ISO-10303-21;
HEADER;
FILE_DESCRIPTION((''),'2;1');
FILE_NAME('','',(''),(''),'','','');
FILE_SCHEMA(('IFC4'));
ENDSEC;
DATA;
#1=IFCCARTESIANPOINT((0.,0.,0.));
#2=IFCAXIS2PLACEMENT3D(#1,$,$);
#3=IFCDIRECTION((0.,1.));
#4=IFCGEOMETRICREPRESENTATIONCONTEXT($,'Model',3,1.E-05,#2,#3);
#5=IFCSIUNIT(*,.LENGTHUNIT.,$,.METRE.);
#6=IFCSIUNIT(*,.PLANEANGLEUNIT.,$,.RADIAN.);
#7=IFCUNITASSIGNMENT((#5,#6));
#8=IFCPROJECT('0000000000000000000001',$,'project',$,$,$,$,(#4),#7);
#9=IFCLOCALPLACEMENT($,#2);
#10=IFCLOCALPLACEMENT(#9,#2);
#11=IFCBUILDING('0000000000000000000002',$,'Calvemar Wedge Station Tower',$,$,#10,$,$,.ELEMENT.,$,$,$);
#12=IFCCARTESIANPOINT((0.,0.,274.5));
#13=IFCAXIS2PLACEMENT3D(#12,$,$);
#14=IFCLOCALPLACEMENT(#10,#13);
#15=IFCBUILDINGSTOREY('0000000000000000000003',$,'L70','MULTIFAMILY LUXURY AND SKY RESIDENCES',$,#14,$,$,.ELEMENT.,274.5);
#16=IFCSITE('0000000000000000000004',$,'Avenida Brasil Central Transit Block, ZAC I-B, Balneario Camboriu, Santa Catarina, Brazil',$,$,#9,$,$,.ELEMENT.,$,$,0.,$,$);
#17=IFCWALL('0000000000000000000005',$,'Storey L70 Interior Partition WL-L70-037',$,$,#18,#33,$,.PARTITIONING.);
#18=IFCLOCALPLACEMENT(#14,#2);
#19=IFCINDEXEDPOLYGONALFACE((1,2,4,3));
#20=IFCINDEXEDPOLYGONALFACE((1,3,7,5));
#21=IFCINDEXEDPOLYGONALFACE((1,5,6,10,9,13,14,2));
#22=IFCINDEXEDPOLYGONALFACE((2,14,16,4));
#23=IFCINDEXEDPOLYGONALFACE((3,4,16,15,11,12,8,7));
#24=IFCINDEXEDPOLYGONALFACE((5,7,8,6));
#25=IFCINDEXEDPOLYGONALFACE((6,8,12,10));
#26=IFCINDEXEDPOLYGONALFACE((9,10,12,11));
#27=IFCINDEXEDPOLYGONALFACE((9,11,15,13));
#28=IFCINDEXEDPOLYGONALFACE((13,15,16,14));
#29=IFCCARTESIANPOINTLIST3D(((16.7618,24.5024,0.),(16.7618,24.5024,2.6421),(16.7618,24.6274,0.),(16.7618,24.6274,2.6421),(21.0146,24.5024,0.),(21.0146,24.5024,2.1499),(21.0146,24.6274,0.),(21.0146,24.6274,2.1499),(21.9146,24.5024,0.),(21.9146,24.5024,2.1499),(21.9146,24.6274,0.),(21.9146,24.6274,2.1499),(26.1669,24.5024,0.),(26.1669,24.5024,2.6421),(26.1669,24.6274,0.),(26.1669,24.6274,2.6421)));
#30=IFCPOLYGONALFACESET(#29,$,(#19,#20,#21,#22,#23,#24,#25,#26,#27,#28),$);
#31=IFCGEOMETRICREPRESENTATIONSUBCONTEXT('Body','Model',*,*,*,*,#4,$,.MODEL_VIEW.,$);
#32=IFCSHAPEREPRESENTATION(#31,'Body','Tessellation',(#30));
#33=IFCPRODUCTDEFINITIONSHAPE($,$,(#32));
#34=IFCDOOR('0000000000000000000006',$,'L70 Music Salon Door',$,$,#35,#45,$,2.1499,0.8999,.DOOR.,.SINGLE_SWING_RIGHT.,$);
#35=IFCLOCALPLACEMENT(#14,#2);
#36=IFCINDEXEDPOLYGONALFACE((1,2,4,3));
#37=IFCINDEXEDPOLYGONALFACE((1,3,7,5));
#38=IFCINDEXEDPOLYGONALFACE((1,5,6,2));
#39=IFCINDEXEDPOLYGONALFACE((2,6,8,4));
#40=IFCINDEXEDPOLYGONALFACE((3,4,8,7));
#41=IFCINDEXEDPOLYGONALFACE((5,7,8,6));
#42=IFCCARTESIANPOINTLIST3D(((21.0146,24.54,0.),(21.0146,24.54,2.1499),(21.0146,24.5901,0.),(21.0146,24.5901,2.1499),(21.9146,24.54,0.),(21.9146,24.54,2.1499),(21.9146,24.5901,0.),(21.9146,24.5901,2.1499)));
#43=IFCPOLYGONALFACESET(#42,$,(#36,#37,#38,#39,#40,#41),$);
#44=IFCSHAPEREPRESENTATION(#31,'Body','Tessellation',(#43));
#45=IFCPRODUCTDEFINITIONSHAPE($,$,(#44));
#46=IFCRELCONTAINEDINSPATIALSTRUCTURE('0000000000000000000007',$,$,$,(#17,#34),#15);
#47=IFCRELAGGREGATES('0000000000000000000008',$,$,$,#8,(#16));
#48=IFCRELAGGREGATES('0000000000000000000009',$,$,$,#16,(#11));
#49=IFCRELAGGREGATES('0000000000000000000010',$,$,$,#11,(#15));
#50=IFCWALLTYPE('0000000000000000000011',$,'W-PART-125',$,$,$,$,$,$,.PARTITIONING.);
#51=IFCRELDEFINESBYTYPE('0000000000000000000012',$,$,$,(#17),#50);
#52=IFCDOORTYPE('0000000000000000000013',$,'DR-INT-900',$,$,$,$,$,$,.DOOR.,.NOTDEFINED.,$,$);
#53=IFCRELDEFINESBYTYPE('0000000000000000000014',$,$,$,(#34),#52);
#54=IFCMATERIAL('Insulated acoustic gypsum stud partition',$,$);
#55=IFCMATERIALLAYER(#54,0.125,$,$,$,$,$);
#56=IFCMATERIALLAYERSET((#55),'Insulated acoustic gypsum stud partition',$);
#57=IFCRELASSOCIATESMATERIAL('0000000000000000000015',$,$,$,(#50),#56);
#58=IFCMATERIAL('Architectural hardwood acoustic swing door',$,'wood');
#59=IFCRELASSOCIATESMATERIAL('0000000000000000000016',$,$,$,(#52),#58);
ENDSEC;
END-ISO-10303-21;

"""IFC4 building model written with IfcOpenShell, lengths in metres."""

from ifc_helpers import new_model, si_unit, direction, frame, frame_2d, origin, place, context, subcontext, project, spatial, rectangle, extrude, source, transform, mapped, material, layer, layer_set, type_object, element, fill, save


model = new_model("IFC4")

# Units and contexts
model_context = context("Model", 3, precision=1e-05, world=origin(), true_north=direction((0.0, 1.0)))
body_context = subcontext(model_context, "Body", "Model", "MODEL_VIEW")
ifc_project = project(units=[si_unit("LENGTHUNIT", "METRE"), si_unit("PLANEANGLEUNIT", "RADIAN")], contexts=[model_context])

# Site, building, storey
site_placement = place(None, origin())
site = spatial("IfcSite", under=ifc_project, at=site_placement, Name="Avenida Brasil Central Transit Block, ZAC I-B, Balneario Camboriu, Santa Catarina, Brazil", CompositionType="ELEMENT", RefElevation=0.0)
building_placement = place(site_placement, origin())
building = spatial("IfcBuilding", under=site, at=building_placement, Name="Calvemar Wedge Station Tower", CompositionType="ELEMENT")
storey_placement = place(building_placement, frame((0.0, 0.0, 274.5)))
storey = spatial("IfcBuildingStorey", under=building, at=storey_placement, Name="L70", Description="MULTIFAMILY LUXURY AND SKY RESIDENCES", CompositionType="ELEMENT", Elevation=274.5)

# Wall, opening, door
ifc_material_1 = material(Name="Insulated acoustic gypsum stud partition")
ifc_layer_1 = layer(ifc_material_1, 0.125)
ifc_layer_set_1 = layer_set([ifc_layer_1], Name="Insulated acoustic gypsum stud partition")
wall_type_1 = type_object("IfcWallType", Name="W-PART-125", PredefinedType="PARTITIONING", material=ifc_layer_set_1)
wall_1_placement = place(storey_placement, frame((26.167, 24.5649, 0.0), z_axis=(0.0, 0.0, 1.0), x_axis=(-1.0, 0.0, 0.0)))
wall_1 = element("IfcWall", 1, at=wall_1_placement, inside=storey, type_object=wall_type_1, Name="Storey L70 Interior Partition WL-L70-037", PredefinedType="PARTITIONING", context=body_context, shape_type="SweptSolid", body=[
    extrude(rectangle(XDim=9.405, YDim=0.125, at=frame_2d((4.7026, 0.0))), origin(), (0.0, 0.0, 1.0), 2.6421),
])
shared_shape_1 = source(origin(), body_context, "Body", "SweptSolid", [
    extrude(rectangle(XDim=0.8999, YDim=2.1499, at=frame_2d((0.45, 1.075))), frame((0.0, 0.0725, 0.0), z_axis=(0.0, -1.0, 0.0), x_axis=(1.0, 0.0, 0.0)), (0.0, 0.0, 1.0), 0.145),
])
opening_1_placement = place(wall_1_placement, frame((4.2524, 0.0, 0.0)))
opening_1 = element("IfcOpeningElement", 2, at=opening_1_placement, cuts=wall_1, PredefinedType="OPENING", context=body_context, shape_type="MappedRepresentation", body=[
    mapped(shared_shape_1, transform((0.0, 0.0, 0.0), scale=1.0)),
])
ifc_material_2 = material(Name="Architectural hardwood acoustic swing door", Category="wood")
door_type_1 = type_object("IfcDoorType", Name="DR-INT-900", OperationType="NOTDEFINED", PredefinedType="DOOR", material=ifc_material_2)
shared_shape_2 = source(origin(), body_context, "Body", "SweptSolid", [
    extrude(rectangle(XDim=0.8999, YDim=2.1499, at=frame_2d((0.45, 1.075))), frame((0.0, 0.0249, 0.0), z_axis=(0.0, -1.0, 0.0), x_axis=(1.0, 0.0, 0.0)), (0.0, 0.0, 1.0), 0.05),
])
door_1_placement = place(opening_1_placement, origin())
door_1 = element("IfcDoor", 3, at=door_1_placement, inside=storey, type_object=door_type_1, Name="L70 Music Salon Door", OperationType="SINGLE_SWING_RIGHT", OverallHeight=2.1499, OverallWidth=0.8999, PredefinedType="DOOR", context=body_context, shape_type="MappedRepresentation", body=[
    mapped(shared_shape_2, transform((0.0, 0.0, 0.0), scale=1.0)),
])
fill(opening_1, door_1)

save(model, "model.ifc")
